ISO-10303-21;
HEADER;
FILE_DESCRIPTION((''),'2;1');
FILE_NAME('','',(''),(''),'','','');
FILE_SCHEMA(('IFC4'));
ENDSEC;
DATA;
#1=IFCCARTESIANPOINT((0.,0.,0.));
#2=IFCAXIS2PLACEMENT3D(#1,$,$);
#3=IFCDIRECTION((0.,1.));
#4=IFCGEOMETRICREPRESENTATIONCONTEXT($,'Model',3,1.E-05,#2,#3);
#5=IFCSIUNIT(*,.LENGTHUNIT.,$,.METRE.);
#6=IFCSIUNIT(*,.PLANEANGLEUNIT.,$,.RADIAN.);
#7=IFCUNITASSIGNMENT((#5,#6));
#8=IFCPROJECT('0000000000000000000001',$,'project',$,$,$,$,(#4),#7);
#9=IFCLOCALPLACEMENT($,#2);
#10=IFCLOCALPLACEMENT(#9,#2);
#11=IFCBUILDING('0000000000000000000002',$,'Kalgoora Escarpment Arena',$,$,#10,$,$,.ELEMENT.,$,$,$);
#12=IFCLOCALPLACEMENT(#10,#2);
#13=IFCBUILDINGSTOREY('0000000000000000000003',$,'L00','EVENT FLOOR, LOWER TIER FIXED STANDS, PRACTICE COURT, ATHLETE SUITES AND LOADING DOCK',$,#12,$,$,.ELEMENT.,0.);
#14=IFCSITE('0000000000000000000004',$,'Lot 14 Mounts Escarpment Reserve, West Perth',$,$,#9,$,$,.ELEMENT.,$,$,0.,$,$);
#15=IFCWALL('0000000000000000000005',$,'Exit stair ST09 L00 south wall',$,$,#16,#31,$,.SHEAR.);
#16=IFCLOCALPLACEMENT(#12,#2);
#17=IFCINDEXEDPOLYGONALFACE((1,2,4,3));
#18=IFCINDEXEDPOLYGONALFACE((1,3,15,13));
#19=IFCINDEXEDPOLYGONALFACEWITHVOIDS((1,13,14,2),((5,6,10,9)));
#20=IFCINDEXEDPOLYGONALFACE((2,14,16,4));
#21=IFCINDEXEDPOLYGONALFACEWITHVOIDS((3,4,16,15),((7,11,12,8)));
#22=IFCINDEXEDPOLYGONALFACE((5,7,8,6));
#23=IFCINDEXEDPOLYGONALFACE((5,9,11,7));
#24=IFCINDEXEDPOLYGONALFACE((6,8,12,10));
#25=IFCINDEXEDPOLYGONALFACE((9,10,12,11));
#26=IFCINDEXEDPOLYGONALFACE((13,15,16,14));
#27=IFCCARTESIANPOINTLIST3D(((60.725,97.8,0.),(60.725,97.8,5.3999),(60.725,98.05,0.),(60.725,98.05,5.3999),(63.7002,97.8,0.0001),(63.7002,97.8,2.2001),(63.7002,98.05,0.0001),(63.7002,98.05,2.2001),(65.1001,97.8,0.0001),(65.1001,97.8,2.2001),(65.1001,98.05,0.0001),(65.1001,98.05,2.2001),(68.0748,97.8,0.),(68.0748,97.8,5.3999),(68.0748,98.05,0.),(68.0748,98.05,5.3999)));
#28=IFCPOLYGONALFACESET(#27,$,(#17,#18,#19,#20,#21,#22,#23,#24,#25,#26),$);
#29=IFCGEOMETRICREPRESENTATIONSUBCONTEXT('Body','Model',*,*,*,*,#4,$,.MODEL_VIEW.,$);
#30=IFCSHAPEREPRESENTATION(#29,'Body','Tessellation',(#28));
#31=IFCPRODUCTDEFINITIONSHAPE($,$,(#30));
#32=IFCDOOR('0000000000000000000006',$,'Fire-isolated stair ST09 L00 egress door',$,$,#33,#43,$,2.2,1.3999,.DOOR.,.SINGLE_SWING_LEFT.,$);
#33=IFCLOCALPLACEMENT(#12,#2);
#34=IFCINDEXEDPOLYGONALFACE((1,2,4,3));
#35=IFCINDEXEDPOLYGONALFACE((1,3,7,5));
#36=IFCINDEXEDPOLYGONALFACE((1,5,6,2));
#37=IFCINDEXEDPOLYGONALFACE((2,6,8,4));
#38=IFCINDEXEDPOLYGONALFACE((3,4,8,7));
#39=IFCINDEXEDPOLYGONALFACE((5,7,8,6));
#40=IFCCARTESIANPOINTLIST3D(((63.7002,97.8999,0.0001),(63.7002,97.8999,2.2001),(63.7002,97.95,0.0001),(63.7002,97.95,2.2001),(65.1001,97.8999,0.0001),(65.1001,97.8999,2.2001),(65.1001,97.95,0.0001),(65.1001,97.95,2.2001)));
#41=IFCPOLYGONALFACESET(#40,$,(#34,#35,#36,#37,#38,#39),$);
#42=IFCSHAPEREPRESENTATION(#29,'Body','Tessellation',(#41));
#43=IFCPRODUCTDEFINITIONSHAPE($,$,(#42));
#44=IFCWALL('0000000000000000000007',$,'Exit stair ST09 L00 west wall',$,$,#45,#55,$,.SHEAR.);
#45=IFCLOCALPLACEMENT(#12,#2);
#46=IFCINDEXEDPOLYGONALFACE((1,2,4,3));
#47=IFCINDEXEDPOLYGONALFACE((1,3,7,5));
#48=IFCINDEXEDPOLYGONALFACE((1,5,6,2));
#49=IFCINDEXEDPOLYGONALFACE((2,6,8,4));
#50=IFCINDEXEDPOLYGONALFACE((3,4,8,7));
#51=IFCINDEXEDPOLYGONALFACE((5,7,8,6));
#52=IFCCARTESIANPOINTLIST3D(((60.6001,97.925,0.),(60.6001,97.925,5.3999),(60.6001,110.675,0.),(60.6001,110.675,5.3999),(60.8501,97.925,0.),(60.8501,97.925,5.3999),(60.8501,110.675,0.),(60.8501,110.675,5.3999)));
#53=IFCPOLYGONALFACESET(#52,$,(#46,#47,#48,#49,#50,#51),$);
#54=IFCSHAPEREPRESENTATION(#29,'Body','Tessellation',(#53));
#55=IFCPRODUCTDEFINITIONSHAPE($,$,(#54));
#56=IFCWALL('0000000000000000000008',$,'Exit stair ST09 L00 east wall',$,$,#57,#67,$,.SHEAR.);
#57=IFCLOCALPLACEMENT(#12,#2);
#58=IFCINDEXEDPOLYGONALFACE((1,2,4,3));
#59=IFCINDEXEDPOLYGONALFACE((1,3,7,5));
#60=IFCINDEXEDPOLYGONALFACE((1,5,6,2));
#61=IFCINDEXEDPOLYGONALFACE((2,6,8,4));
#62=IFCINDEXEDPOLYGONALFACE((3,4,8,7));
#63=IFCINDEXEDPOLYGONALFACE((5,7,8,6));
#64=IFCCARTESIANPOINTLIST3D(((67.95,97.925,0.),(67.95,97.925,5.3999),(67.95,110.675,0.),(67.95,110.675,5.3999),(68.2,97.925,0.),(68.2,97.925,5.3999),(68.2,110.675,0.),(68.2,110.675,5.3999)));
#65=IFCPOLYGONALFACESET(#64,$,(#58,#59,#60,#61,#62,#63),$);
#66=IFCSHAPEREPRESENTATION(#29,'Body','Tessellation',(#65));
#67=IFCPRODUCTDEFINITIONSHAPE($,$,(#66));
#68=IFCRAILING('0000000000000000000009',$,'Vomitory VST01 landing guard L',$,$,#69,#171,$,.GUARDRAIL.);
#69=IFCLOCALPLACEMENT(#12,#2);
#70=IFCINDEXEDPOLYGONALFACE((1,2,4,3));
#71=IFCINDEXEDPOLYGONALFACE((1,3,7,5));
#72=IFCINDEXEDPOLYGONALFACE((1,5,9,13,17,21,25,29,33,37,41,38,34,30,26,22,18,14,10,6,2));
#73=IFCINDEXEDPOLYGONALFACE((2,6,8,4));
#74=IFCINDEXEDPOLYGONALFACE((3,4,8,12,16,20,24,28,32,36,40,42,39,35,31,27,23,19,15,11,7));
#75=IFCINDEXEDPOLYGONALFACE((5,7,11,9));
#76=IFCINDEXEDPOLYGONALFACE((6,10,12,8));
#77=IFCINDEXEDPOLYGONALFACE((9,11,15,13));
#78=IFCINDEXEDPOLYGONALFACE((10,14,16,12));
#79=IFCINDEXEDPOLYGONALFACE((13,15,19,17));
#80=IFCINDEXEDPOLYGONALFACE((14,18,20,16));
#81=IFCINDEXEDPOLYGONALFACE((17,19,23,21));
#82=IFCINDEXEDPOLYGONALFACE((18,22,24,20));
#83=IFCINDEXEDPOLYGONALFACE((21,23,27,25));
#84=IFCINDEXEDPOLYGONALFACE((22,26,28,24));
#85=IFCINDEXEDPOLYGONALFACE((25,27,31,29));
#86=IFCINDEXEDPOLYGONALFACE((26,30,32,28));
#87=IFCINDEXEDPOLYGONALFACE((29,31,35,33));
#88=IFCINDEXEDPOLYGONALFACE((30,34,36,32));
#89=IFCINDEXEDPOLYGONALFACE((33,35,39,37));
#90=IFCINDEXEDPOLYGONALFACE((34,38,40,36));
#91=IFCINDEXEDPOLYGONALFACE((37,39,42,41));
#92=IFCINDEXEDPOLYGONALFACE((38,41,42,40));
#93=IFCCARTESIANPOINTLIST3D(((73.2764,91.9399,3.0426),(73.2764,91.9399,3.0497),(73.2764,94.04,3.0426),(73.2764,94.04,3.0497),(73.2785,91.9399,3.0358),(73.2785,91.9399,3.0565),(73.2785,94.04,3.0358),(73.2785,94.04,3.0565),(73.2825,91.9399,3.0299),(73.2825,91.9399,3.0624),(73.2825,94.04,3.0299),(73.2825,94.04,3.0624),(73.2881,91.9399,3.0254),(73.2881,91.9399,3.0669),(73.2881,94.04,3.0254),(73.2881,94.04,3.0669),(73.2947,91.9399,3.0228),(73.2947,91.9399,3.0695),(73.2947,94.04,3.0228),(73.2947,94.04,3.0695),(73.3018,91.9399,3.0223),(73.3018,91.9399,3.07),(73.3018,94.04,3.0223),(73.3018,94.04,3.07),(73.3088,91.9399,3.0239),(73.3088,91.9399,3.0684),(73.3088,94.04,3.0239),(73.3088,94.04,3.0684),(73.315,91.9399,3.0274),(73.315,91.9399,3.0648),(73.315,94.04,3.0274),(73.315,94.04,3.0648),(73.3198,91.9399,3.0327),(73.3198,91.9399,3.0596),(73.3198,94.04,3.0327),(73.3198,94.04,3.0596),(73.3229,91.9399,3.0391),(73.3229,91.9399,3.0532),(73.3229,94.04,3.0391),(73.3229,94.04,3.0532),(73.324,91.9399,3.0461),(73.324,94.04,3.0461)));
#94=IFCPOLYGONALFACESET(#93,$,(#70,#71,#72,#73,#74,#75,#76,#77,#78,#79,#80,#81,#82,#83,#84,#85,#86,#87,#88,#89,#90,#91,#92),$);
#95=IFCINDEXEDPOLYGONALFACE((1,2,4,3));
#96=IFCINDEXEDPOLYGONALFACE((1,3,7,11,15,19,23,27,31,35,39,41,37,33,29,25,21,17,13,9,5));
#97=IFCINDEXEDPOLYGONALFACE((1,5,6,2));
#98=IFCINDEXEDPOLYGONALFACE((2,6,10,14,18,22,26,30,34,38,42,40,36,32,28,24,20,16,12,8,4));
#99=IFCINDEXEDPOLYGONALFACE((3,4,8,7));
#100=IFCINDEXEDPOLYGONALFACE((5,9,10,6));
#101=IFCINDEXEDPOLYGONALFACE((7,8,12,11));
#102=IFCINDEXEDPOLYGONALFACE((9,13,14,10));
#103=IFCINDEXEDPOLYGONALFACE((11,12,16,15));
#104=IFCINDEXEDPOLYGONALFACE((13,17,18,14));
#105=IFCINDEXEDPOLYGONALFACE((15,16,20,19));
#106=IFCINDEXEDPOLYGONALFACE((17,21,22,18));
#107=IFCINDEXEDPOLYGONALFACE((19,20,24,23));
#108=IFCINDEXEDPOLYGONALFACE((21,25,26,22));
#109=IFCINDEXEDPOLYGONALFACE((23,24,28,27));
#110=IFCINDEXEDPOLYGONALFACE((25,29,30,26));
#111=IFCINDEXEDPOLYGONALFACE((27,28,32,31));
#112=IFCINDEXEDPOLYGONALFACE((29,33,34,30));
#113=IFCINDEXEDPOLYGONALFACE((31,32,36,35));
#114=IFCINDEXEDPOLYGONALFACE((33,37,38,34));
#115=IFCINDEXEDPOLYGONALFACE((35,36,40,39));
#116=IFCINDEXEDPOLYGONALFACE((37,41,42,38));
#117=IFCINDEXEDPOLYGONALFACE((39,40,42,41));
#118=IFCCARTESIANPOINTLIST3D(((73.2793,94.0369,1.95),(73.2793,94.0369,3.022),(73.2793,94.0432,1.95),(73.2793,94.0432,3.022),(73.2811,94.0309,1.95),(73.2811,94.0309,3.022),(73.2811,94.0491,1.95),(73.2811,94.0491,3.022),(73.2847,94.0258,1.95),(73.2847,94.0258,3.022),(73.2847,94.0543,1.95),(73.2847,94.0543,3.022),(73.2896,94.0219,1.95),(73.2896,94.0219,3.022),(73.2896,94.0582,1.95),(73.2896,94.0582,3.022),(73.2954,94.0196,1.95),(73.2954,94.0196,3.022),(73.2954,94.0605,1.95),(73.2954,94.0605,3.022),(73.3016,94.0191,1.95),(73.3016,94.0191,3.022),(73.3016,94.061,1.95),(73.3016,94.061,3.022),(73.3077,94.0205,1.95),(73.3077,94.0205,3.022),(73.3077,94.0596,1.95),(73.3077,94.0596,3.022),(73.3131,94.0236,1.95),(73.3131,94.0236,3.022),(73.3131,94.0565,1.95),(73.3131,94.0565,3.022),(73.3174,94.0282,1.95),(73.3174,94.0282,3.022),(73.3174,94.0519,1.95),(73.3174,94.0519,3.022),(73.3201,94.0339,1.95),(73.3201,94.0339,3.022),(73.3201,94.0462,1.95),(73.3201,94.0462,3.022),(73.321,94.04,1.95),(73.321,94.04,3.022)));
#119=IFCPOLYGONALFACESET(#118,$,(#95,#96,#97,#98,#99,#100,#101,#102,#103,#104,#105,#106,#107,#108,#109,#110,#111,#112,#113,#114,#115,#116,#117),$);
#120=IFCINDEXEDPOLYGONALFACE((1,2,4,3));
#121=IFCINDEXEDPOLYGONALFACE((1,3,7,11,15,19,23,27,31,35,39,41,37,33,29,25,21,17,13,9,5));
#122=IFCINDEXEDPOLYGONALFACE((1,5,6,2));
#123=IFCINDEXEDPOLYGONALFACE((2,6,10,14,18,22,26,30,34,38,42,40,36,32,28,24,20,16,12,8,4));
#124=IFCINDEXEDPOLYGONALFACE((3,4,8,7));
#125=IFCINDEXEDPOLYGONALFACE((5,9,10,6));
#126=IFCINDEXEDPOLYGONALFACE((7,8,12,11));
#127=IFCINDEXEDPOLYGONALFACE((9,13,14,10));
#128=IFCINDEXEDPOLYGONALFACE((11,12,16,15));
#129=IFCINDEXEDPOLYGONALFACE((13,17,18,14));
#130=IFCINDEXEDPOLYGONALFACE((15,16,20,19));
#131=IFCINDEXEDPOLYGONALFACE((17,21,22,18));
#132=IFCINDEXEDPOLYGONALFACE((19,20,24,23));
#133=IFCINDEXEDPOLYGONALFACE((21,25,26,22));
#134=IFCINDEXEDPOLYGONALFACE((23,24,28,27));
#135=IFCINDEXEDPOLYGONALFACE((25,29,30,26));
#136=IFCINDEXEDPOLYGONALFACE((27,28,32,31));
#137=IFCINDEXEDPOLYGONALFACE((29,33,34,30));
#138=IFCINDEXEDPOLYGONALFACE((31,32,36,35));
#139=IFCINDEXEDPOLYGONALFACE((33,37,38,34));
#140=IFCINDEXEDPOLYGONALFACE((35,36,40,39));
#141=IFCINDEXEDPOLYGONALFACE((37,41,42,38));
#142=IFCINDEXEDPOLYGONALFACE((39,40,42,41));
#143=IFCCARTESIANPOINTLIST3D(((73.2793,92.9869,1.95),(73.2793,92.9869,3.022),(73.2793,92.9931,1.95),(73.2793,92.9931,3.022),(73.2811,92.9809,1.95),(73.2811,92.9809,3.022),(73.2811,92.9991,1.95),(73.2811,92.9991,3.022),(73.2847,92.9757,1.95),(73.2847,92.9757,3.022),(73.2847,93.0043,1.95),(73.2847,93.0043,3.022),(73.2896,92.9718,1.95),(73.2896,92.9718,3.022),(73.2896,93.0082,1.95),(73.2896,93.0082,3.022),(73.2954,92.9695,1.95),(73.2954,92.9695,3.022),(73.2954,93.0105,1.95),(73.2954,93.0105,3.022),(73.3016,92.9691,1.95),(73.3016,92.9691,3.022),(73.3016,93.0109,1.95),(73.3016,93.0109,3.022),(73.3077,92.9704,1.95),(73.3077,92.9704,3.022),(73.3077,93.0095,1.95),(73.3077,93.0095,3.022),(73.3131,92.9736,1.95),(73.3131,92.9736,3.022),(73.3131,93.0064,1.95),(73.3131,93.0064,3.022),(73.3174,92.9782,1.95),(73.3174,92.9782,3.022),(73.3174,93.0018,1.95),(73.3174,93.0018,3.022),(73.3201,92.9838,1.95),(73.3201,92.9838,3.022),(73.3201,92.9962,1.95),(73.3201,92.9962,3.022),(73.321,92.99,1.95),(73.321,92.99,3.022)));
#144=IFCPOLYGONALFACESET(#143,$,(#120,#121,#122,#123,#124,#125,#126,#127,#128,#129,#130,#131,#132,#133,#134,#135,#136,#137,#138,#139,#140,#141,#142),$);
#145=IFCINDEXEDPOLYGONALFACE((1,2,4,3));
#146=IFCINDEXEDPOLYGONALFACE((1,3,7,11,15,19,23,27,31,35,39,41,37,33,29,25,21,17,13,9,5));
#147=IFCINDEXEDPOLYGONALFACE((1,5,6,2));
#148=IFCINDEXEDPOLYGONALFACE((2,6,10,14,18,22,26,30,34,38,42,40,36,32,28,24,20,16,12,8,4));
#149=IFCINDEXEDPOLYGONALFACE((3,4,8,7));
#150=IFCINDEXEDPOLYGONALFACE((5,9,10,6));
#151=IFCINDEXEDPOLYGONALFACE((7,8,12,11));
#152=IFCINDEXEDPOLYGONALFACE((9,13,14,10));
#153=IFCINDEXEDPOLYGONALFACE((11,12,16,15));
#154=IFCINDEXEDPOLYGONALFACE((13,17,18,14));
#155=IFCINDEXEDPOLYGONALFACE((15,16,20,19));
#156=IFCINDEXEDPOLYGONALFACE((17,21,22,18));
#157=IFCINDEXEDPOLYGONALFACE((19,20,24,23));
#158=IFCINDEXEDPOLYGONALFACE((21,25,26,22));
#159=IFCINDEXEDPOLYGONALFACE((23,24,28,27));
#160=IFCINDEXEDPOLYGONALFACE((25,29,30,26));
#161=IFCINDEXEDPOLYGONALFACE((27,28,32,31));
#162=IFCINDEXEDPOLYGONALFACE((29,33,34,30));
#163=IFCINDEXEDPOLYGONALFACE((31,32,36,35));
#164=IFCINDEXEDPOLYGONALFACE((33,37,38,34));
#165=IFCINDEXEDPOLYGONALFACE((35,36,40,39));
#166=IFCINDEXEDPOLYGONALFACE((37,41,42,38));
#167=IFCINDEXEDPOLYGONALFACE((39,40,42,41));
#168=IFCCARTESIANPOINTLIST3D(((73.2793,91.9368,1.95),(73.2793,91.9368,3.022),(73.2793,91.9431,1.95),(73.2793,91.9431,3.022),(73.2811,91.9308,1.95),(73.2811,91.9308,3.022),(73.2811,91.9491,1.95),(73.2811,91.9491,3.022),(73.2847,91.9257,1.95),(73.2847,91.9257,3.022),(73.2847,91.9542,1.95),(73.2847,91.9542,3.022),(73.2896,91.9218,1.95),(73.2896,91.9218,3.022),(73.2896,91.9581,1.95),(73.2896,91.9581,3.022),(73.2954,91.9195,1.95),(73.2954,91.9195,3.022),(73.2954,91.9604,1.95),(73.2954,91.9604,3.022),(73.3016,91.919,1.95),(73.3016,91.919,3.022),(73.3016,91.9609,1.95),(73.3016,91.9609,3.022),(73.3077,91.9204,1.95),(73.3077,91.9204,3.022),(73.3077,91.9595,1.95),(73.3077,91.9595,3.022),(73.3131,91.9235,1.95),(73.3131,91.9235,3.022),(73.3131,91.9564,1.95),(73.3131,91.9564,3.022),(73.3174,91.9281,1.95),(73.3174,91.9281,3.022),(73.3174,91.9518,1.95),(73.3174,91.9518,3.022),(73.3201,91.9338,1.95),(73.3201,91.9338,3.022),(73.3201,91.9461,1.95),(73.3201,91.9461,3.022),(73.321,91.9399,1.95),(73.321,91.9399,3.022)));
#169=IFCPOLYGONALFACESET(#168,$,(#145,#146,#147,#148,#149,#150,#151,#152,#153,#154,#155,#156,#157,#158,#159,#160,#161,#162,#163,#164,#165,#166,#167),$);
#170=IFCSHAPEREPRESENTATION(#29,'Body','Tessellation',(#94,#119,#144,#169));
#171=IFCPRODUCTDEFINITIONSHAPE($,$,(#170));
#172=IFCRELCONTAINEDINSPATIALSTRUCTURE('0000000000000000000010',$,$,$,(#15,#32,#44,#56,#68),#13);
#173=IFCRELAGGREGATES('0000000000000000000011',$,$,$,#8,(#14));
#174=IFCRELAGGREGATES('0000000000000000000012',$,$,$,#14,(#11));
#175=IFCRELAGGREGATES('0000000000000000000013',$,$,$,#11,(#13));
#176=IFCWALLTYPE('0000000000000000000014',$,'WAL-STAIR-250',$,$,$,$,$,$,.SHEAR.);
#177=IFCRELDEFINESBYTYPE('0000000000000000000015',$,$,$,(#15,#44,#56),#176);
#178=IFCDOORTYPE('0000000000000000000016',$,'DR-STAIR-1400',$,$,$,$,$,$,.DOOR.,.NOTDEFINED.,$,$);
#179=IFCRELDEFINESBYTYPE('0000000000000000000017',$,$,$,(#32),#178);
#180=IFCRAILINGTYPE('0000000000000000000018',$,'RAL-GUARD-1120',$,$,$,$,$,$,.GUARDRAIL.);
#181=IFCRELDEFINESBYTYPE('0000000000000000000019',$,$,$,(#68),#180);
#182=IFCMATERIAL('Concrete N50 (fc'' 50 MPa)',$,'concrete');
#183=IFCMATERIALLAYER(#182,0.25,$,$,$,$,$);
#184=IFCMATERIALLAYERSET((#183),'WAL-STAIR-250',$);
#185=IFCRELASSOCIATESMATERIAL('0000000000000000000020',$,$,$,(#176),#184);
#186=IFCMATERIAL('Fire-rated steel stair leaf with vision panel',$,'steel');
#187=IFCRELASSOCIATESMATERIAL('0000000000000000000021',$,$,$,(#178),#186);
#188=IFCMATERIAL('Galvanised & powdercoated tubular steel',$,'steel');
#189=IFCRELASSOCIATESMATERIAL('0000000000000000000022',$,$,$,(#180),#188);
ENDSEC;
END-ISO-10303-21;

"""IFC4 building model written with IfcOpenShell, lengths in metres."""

from ifc_helpers import new_model, si_unit, direction, frame, frame_2d, origin, origin_2d, place, context, subcontext, project, spatial, rectangle, circle, extrude, material, layer, layer_set, type_object, element, fill, save


model = new_model("IFC4")

# Units and contexts
model_context = context("Model", 3, precision=1e-05, world=origin(), true_north=direction((0.0, 1.0)))
body_context = subcontext(model_context, "Body", "Model", "MODEL_VIEW")
ifc_project = project(units=[si_unit("LENGTHUNIT", "METRE"), si_unit("PLANEANGLEUNIT", "RADIAN")], contexts=[model_context])

# Site, building, storey
site_placement = place(None, origin())
site = spatial("IfcSite", under=ifc_project, at=site_placement, Name="Lot 14 Mounts Escarpment Reserve, West Perth", CompositionType="ELEMENT", RefElevation=0.0)
building_placement = place(site_placement, origin())
building = spatial("IfcBuilding", under=site, at=building_placement, Name="Kalgoora Escarpment Arena", CompositionType="ELEMENT")
storey_placement = place(building_placement, origin())
storey = spatial("IfcBuildingStorey", under=building, at=storey_placement, Name="L00", Description="EVENT FLOOR, LOWER TIER FIXED STANDS, PRACTICE COURT, ATHLETE SUITES AND LOADING DOCK", CompositionType="ELEMENT", Elevation=0.0)

# Wall, opening, door
ifc_material_1 = material(Name="Concrete N50 (fc' 50 MPa)", Category="concrete")
ifc_layer_1 = layer(ifc_material_1, 0.25)
ifc_layer_set_1 = layer_set([ifc_layer_1], Name="WAL-STAIR-250")
wall_type = type_object("IfcWallType", Name="WAL-STAIR-250", PredefinedType="SHEAR", material=ifc_layer_set_1)
wall_placement = place(storey_placement, frame((60.7251, 97.925, 0.0), z_axis=(0.0, 0.0, 1.0), x_axis=(1.0, 0.0, 0.0)))
wall = element("IfcWall", 1, at=wall_placement, inside=storey, type_object=wall_type, Name="Exit stair ST09 L00 south wall", PredefinedType="SHEAR", context=body_context, shape_type="SweptSolid", body=[
    extrude(rectangle(XDim=7.3499, YDim=0.25, at=frame_2d((3.6748, 0.0))), origin(), (0.0, 0.0, 1.0), 5.3999),
])
opening_placement = place(wall_placement, frame((2.9751, 0.0, 0.0)))
opening = element("IfcOpeningElement", 2, at=opening_placement, cuts=wall, PredefinedType="OPENING", context=body_context, shape_type="SweptSolid", body=[
    extrude(rectangle(XDim=1.3999, YDim=2.2, at=frame_2d((0.7, 1.1001))), frame((0.0, 0.135, 0.0), z_axis=(0.0, -1.0, 0.0), x_axis=(1.0, 0.0, 0.0)), (0.0, 0.0, 1.0), 0.27),
])
ifc_material_2 = material(Name="Fire-rated steel stair leaf with vision panel", Category="steel")
door_type = type_object("IfcDoorType", Name="DR-STAIR-1400", OperationType="NOTDEFINED", PredefinedType="DOOR", material=ifc_material_2)
door_placement = place(opening_placement, origin())
door = element("IfcDoor", 3, at=door_placement, inside=storey, type_object=door_type, Name="Fire-isolated stair ST09 L00 egress door", OperationType="SINGLE_SWING_LEFT", OverallHeight=2.2, OverallWidth=1.3999, PredefinedType="DOOR", context=body_context, shape_type="SweptSolid", body=[
    extrude(rectangle(XDim=1.3999, YDim=2.2, at=frame_2d((0.7, 1.1001))), frame((0.0, 0.0249, 0.0), z_axis=(0.0, -1.0, 0.0), x_axis=(1.0, 0.0, 0.0)), (0.0, 0.0, 1.0), 0.05),
])
fill(opening, door)

# Walls
for number, where, z_axis, x_axis, name in (
    (4, (60.7251, 97.925, 0.0), (0.0, 0.0, 1.0), (0.0, 1.0, 0.0), "Exit stair ST09 L00 west wall"),
    (5, (68.075, 97.925, 0.0), (0.0, 0.0, 1.0), (0.0, 1.0, 0.0), "Exit stair ST09 L00 east wall"),
):
    element("IfcWall", number, at=place(storey_placement, frame(where, z_axis=z_axis, x_axis=x_axis)), inside=storey, type_object=wall_type, Name=name, PredefinedType="SHEAR", context=body_context, shape_type="SweptSolid", body=[
        extrude(rectangle(XDim=12.75, YDim=0.25, at=frame_2d((6.375, 0.0))), origin(), (0.0, 0.0, 1.0), 5.3999),
    ])

# Railing
ifc_material_3 = material(Name="Galvanised & powdercoated tubular steel", Category="steel")
railing_type_1 = type_object("IfcRailingType", Name="RAL-GUARD-1120", PredefinedType="GUARDRAIL", material=ifc_material_3)
railing_1_placement = place(storey_placement, frame((73.3, 94.04, 1.95)))
element("IfcRailing", 6, at=railing_1_placement, inside=storey, type_object=railing_type_1, Name="Vomitory VST01 landing guard L", PredefinedType="GUARDRAIL", context=body_context, shape_type="SweptSolid", body=[
    extrude(circle(Radius=0.0239, at=origin_2d()), frame((0.0, 0.0, 1.0962), z_axis=(0.0, -1.0, 0.0), x_axis=(1.0, 0.0, 0.0)), (0.0, 0.0, 1.0), 2.1001),
    extrude(circle(Radius=0.021, at=origin_2d()), origin(), (0.0, 0.0, 1.0), 1.072),
    extrude(circle(Radius=0.021, at=origin_2d()), frame((0.0, -1.05, 0.0)), (0.0, 0.0, 1.0), 1.072),
    extrude(circle(Radius=0.021, at=origin_2d()), frame((0.0, -2.1001, 0.0)), (0.0, 0.0, 1.0), 1.072),
])

save(model, "model.ifc")
